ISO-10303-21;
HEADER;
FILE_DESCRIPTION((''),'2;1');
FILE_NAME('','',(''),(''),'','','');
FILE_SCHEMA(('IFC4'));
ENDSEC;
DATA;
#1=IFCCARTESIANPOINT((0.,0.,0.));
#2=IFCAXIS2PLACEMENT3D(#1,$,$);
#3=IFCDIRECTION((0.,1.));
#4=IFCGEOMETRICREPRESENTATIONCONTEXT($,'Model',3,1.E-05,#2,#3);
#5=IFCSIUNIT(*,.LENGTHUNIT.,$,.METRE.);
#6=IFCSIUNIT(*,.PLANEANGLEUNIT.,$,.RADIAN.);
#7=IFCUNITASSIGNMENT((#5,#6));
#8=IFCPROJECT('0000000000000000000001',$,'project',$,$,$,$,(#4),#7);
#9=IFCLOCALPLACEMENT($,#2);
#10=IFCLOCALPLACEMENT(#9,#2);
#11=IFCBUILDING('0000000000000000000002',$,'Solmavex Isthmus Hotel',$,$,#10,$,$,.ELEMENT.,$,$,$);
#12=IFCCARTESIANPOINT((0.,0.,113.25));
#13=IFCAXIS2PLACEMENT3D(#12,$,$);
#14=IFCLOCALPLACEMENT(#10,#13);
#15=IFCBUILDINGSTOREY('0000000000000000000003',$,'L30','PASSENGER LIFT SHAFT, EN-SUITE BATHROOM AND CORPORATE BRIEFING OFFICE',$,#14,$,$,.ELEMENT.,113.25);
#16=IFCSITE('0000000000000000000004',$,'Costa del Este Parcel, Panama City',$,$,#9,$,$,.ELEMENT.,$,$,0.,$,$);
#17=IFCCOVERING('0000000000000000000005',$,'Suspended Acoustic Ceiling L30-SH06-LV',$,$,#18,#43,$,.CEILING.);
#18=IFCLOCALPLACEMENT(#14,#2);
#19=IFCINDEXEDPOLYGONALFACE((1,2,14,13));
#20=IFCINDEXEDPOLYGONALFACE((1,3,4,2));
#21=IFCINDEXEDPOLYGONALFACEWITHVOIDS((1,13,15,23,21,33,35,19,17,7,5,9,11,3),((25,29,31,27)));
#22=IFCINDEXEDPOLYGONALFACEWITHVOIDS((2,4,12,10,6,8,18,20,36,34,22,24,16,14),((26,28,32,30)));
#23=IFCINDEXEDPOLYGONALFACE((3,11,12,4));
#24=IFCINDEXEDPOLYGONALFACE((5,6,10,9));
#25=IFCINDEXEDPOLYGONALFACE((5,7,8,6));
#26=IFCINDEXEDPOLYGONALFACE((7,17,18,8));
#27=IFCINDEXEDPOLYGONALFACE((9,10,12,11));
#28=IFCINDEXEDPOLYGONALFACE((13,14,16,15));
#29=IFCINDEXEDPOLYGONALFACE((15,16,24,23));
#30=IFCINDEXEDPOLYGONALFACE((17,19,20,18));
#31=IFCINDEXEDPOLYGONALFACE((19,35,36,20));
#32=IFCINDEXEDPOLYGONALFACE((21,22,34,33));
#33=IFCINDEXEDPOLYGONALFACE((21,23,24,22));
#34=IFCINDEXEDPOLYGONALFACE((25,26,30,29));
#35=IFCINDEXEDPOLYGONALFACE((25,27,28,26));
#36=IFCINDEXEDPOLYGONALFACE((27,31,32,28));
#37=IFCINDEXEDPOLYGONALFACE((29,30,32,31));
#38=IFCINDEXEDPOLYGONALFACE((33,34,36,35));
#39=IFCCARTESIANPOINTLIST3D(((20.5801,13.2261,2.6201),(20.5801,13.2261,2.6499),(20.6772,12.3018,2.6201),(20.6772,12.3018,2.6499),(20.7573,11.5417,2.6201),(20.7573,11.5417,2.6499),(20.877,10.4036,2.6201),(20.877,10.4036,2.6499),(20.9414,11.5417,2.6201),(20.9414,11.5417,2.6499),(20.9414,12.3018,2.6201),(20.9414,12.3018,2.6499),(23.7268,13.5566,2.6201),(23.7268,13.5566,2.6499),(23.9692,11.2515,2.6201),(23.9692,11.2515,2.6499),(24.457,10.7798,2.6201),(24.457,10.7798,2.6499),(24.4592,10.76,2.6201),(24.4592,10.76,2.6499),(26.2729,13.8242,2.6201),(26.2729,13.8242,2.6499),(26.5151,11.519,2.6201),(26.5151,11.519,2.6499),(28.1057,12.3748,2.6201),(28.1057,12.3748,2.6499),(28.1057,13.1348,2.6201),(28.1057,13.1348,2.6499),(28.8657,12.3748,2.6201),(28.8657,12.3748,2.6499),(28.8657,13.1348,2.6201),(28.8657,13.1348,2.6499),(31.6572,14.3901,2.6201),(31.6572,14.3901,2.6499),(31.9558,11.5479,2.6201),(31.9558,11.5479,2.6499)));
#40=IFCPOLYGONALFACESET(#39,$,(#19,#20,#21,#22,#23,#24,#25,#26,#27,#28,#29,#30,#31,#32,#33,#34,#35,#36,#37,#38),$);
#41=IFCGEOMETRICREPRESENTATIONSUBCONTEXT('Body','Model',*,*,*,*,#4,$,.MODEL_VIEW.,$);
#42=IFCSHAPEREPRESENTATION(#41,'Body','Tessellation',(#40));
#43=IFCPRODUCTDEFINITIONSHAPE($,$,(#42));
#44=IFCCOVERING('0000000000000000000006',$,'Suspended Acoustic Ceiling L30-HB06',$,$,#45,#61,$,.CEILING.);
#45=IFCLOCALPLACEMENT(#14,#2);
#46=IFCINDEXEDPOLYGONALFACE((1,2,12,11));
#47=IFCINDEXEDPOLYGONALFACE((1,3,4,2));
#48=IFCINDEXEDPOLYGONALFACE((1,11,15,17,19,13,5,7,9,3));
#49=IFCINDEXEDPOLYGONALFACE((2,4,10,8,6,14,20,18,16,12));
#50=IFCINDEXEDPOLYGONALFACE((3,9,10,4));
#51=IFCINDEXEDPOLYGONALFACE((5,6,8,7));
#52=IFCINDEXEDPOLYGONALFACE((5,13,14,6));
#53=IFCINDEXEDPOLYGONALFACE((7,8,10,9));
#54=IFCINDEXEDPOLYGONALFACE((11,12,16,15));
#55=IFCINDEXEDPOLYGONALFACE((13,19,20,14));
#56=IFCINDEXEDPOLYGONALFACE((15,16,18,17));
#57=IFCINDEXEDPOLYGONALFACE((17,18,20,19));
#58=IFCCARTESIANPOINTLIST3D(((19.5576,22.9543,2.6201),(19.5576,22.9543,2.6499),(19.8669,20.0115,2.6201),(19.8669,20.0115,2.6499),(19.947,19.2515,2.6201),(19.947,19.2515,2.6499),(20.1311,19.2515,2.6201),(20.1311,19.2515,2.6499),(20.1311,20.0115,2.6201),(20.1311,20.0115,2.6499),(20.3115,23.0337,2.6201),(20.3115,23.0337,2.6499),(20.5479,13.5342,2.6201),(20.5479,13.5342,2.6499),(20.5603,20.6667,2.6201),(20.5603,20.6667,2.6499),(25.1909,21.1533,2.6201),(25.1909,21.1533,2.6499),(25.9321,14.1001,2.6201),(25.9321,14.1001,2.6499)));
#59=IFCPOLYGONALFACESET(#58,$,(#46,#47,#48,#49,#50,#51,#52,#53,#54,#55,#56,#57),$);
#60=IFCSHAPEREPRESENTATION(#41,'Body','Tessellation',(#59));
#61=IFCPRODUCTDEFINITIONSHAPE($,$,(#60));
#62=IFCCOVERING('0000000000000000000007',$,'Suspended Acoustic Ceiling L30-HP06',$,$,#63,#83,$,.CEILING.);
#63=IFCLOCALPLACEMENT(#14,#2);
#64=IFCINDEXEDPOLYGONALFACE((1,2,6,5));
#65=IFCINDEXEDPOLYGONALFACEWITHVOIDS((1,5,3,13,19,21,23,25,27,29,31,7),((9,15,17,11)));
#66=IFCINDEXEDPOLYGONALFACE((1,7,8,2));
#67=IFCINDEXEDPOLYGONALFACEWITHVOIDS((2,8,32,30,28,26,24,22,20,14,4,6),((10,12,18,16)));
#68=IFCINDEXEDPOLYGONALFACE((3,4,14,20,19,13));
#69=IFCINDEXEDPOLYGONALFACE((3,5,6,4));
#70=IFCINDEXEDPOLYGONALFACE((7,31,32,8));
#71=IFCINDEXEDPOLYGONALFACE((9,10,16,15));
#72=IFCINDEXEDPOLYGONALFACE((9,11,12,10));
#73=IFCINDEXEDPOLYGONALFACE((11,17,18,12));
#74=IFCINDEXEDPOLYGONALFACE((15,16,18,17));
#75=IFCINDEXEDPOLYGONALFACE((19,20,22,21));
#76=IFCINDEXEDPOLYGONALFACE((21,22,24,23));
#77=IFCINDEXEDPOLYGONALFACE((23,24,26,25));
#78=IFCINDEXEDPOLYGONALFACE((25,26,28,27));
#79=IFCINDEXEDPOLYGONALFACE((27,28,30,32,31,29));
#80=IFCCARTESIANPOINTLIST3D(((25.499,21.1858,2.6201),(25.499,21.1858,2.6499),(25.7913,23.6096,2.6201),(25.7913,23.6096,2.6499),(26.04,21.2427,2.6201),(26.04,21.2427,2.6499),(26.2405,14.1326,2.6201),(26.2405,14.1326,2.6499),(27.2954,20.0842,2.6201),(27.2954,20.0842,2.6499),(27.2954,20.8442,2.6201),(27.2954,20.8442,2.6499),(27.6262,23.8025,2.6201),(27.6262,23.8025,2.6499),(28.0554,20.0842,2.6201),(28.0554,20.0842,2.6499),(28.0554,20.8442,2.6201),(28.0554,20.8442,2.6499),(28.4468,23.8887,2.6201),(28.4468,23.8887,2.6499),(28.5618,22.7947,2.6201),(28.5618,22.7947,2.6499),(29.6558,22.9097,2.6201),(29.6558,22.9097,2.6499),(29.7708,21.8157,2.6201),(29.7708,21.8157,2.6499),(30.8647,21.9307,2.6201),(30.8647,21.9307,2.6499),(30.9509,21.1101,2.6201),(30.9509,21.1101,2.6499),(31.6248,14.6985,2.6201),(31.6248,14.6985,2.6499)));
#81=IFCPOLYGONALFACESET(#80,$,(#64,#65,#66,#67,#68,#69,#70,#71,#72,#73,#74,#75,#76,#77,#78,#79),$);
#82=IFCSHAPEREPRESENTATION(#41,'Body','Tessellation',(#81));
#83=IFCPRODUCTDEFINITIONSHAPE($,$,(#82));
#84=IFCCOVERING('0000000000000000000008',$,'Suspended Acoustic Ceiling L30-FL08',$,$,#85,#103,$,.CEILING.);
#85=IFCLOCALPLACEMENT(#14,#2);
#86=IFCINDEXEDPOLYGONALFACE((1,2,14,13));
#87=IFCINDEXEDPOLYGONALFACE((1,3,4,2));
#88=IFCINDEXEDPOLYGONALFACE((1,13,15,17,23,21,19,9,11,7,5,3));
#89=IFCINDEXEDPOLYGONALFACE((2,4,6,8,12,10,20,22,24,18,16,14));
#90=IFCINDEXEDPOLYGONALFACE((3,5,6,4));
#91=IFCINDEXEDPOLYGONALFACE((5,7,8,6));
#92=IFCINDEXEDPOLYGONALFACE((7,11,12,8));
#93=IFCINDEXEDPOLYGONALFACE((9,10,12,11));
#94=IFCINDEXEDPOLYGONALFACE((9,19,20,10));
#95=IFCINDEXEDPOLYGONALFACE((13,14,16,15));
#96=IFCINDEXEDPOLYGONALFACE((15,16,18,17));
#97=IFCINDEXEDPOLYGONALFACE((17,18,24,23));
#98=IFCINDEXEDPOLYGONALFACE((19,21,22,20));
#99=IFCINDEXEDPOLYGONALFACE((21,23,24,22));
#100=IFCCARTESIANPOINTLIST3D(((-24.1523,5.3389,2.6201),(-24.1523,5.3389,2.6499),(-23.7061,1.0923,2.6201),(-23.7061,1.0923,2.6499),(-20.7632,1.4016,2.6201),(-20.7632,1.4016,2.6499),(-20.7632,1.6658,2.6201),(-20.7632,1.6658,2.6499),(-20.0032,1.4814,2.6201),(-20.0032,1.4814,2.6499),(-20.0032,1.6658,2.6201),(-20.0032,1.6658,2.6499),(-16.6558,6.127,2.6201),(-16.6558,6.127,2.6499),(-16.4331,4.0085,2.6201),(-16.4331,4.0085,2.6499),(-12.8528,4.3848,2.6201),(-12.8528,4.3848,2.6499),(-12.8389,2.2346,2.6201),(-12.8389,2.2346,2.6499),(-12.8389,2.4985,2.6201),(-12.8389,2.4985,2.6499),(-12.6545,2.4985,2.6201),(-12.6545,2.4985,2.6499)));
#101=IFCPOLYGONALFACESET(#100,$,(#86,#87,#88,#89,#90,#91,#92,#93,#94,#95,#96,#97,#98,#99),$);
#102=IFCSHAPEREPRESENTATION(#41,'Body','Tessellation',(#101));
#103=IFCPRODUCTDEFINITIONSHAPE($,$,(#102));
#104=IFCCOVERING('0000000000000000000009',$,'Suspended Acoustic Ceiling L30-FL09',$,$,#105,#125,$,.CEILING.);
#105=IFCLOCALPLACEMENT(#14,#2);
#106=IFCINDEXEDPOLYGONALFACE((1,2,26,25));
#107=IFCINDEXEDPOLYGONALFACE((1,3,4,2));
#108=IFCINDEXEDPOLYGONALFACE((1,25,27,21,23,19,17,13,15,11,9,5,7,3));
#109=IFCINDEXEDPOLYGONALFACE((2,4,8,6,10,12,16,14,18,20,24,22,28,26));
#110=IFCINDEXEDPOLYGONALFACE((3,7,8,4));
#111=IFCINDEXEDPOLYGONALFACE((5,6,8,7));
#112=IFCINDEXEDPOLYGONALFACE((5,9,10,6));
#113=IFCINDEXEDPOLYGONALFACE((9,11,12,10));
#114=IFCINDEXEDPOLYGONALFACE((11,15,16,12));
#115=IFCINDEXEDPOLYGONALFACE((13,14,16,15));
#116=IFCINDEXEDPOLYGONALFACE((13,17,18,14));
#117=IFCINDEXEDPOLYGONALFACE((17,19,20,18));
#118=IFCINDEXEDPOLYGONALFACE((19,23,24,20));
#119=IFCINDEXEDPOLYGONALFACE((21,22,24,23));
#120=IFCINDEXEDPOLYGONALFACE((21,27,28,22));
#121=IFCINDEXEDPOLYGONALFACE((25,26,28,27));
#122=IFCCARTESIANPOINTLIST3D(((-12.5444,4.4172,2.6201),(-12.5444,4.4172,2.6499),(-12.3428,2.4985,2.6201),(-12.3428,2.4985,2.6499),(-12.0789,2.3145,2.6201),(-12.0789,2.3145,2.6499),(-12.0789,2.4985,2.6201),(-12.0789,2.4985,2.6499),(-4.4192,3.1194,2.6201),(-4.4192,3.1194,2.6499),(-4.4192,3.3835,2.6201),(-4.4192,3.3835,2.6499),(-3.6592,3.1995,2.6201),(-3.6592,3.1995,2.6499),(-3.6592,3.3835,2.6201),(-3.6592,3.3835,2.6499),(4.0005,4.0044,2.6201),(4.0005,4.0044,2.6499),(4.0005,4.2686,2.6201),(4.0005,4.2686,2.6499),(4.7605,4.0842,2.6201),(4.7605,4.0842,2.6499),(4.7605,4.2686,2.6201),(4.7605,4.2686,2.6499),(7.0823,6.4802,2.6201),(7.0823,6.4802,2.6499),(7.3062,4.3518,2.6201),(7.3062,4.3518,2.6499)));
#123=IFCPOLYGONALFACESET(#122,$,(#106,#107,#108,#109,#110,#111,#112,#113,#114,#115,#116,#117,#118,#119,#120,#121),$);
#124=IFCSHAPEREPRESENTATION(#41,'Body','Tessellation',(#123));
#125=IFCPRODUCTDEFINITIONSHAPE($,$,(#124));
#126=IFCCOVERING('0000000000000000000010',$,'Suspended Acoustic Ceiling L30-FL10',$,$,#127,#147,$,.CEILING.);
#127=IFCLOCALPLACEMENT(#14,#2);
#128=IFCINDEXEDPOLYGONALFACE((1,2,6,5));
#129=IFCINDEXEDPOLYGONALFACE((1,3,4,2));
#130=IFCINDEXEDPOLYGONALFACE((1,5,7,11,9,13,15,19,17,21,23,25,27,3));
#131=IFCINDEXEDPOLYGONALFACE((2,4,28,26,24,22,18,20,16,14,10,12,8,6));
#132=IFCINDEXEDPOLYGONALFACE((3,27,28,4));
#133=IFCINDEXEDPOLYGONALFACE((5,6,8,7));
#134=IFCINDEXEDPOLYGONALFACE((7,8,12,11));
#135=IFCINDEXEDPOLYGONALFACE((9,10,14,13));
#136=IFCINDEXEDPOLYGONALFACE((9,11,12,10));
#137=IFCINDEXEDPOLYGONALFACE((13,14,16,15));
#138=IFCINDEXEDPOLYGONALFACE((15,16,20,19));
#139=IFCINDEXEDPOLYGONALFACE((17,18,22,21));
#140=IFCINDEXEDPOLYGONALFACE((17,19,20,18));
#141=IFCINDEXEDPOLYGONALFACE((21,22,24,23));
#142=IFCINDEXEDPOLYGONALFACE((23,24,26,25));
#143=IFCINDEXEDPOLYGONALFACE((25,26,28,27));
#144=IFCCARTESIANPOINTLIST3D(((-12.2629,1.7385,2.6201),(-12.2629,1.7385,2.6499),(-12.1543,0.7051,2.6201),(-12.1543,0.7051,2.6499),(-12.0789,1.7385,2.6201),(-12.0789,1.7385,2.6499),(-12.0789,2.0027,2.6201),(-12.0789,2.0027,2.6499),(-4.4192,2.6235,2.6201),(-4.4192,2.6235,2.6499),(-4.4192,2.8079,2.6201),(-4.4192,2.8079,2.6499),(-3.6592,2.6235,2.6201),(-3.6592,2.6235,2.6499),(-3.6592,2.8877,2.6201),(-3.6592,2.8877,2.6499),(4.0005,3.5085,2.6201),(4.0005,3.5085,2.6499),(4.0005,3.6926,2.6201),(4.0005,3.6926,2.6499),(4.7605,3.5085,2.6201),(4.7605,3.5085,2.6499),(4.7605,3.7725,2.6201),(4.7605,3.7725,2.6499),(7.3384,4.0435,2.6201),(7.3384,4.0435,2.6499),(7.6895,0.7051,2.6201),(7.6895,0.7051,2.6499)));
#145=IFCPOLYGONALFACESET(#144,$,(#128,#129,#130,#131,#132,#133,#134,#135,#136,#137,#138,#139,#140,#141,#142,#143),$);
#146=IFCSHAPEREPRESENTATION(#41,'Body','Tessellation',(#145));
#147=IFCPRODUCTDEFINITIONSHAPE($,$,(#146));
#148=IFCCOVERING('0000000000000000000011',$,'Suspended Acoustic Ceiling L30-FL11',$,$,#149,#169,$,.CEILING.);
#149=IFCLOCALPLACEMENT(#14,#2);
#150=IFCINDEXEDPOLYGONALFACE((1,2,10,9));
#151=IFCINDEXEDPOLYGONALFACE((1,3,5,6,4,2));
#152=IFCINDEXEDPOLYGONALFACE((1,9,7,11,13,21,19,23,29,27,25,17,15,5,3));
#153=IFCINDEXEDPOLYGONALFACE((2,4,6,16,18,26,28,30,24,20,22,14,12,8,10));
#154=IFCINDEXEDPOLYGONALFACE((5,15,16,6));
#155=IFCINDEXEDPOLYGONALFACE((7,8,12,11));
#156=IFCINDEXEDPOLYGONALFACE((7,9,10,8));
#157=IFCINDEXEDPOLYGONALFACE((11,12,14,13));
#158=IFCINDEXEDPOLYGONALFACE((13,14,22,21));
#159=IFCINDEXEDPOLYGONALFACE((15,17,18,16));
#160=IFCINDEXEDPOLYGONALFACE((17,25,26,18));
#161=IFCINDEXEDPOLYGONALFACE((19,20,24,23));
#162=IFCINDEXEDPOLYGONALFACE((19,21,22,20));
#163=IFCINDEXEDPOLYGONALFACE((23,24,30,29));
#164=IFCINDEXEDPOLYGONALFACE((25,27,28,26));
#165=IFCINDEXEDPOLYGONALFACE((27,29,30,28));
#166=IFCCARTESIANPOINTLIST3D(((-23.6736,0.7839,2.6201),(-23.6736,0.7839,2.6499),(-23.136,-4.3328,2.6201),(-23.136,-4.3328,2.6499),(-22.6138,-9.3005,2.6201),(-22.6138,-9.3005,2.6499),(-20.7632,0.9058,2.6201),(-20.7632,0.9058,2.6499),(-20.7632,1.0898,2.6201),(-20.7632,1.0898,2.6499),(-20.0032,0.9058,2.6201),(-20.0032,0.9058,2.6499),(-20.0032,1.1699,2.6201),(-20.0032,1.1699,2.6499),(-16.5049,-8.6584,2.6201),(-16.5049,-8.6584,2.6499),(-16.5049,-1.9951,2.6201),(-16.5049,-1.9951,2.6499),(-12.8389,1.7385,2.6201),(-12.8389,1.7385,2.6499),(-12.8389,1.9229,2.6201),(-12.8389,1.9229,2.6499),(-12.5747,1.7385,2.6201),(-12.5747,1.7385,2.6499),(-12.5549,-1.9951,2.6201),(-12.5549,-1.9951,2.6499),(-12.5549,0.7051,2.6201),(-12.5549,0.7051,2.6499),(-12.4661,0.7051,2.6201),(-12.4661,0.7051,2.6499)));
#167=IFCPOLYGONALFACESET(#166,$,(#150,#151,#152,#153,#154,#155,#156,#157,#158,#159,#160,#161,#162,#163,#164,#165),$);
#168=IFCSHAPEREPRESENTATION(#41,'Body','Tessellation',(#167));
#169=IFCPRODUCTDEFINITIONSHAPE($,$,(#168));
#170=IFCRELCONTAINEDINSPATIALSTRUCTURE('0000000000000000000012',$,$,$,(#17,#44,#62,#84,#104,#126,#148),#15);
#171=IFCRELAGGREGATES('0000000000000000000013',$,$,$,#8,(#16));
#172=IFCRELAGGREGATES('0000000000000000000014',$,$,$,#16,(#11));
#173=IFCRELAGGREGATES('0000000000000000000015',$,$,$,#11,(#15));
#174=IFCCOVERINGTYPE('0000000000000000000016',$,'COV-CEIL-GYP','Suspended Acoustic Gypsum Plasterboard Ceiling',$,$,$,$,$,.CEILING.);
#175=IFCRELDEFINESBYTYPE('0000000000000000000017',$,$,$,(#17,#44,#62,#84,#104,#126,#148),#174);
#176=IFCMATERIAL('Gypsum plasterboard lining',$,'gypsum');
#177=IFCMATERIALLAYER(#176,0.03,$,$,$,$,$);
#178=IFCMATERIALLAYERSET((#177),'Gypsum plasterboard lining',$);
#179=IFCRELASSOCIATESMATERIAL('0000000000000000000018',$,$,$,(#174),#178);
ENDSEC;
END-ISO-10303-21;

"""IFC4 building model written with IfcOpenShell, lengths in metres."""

from ifc_helpers import new_model, si_unit, direction, frame, origin, place, context, subcontext, project, spatial, polyline, outline, extrude, material, layer, layer_set, type_object, element, save


model = new_model("IFC4")

# Units and contexts
model_context = context("Model", 3, precision=1e-05, world=origin(), true_north=direction((0.0, 1.0)))
body_context = subcontext(model_context, "Body", "Model", "MODEL_VIEW")
ifc_project = project(units=[si_unit("LENGTHUNIT", "METRE"), si_unit("PLANEANGLEUNIT", "RADIAN")], contexts=[model_context])

# Site, building, storey
site_placement = place(None, origin())
site = spatial("IfcSite", under=ifc_project, at=site_placement, Name="Costa del Este Parcel, Panama City", CompositionType="ELEMENT", RefElevation=0.0)
building_placement = place(site_placement, origin())
building = spatial("IfcBuilding", under=site, at=building_placement, Name="Solmavex Isthmus Hotel", CompositionType="ELEMENT")
storey_placement = place(building_placement, frame((0.0, 0.0, 113.25)))
storey = spatial("IfcBuildingStorey", under=building, at=storey_placement, Name="L30", Description="PASSENGER LIFT SHAFT, EN-SUITE BATHROOM AND CORPORATE BRIEFING OFFICE", CompositionType="ELEMENT", Elevation=113.25)

# Coverings
ifc_material_1 = material(Name="Gypsum plasterboard lining", Category="gypsum")
ifc_layer_1 = layer(ifc_material_1, 0.03)
ifc_layer_set_1 = layer_set([ifc_layer_1], Name="Gypsum plasterboard lining")
covering_type_1 = type_object("IfcCoveringType", Name="COV-CEIL-GYP", Description="Suspended Acoustic Gypsum Plasterboard Ceiling", PredefinedType="CEILING", material=ifc_layer_set_1)
covering_1_placement = place(storey_placement, frame((0.0, 0.0, 2.6201)))
element("IfcCovering", 1, at=covering_1_placement, inside=storey, type_object=covering_type_1, Name="Suspended Acoustic Ceiling L30-SH06-LV", PredefinedType="CEILING", context=body_context, shape_type="SweptSolid", body=[
    extrude(outline(polyline([(23.7268, 13.5566), (20.5801, 13.2261), (20.6772, 12.3018), (20.9414, 12.3018), (20.9414, 11.5417), (20.7573, 11.5417), (20.877, 10.4036), (24.457, 10.7798), (24.4592, 10.76), (31.9558, 11.5479), (31.6572, 14.3901), (26.2729, 13.8242), (26.5151, 11.519), (23.9692, 11.2515), (23.7268, 13.5566)]), holes=[polyline([(28.1057, 12.3748), (28.1057, 13.1348), (28.8657, 13.1348), (28.8657, 12.3748), (28.1057, 12.3748)])]), origin(), (0.0, 0.0, 1.0), 0.0298),
])
covering_2_placement = place(storey_placement, frame((0.0, 0.0, 2.6201)))
element("IfcCovering", 2, at=covering_2_placement, inside=storey, type_object=covering_type_1, Name="Suspended Acoustic Ceiling L30-HB06", PredefinedType="CEILING", context=body_context, shape_type="SweptSolid", body=[
    extrude(outline(polyline([(19.8669, 20.0115), (20.1311, 20.0115), (20.1311, 19.2515), (19.947, 19.2515), (20.5479, 13.5342), (25.9321, 14.1001), (25.1909, 21.1533), (20.5603, 20.6667), (20.3115, 23.0337), (19.5576, 22.9543), (19.8669, 20.0115)])), origin(), (0.0, 0.0, 1.0), 0.0298),
])
covering_3_placement = place(storey_placement, frame((0.0, 0.0, 2.6201)))
element("IfcCovering", 3, at=covering_3_placement, inside=storey, type_object=covering_type_1, Name="Suspended Acoustic Ceiling L30-HP06", PredefinedType="CEILING", context=body_context, shape_type="SweptSolid", body=[
    extrude(outline(polyline([(28.5618, 22.7947), (28.4468, 23.8887), (27.6262, 23.8025), (25.7913, 23.6096), (26.04, 21.2427), (25.499, 21.1858), (26.2405, 14.1326), (31.6248, 14.6985), (30.9509, 21.1101), (30.8647, 21.9307), (29.7708, 21.8157), (29.6558, 22.9097), (28.5618, 22.7947)]), holes=[polyline([(27.2954, 20.8442), (28.0554, 20.8442), (28.0554, 20.0842), (27.2954, 20.0842), (27.2954, 20.8442)])]), origin(), (0.0, 0.0, 1.0), 0.0298),
])
covering_4_placement = place(storey_placement, frame((0.0, 0.0, 2.6201)))
element("IfcCovering", 4, at=covering_4_placement, inside=storey, type_object=covering_type_1, Name="Suspended Acoustic Ceiling L30-FL08", PredefinedType="CEILING", context=body_context, shape_type="SweptSolid", body=[
    extrude(outline(polyline([(-12.8389, 2.2346), (-12.8389, 2.4985), (-12.6545, 2.4985), (-12.8528, 4.3848), (-16.4331, 4.0085), (-16.6558, 6.127), (-24.1523, 5.3389), (-23.7061, 1.0923), (-20.7632, 1.4016), (-20.7632, 1.6658), (-20.0032, 1.6658), (-20.0032, 1.4814), (-12.8389, 2.2346)])), origin(), (0.0, 0.0, 1.0), 0.0298),
])
covering_5_placement = place(storey_placement, frame((0.0, 0.0, 2.6201)))
element("IfcCovering", 5, at=covering_5_placement, inside=storey, type_object=covering_type_1, Name="Suspended Acoustic Ceiling L30-FL09", PredefinedType="CEILING", context=body_context, shape_type="SweptSolid", body=[
    extrude(outline(polyline([(4.0005, 4.0044), (4.0005, 4.2686), (4.7605, 4.2686), (4.7605, 4.0842), (7.3062, 4.3518), (7.0823, 6.4802), (-12.5444, 4.4172), (-12.3428, 2.4985), (-12.0789, 2.4985), (-12.0789, 2.3145), (-4.4192, 3.1194), (-4.4192, 3.3835), (-3.6592, 3.3835), (-3.6592, 3.1995), (4.0005, 4.0044)])), origin(), (0.0, 0.0, 1.0), 0.0298),
])
covering_6_placement = place(storey_placement, frame((0.0, 0.0, 2.6201)))
element("IfcCovering", 6, at=covering_6_placement, inside=storey, type_object=covering_type_1, Name="Suspended Acoustic Ceiling L30-FL10", PredefinedType="CEILING", context=body_context, shape_type="SweptSolid", body=[
    extrude(outline(polyline([(-12.0789, 2.0027), (-12.0789, 1.7385), (-12.2629, 1.7385), (-12.1543, 0.7051), (7.6895, 0.7051), (7.3384, 4.0435), (4.7605, 3.7725), (4.7605, 3.5085), (4.0005, 3.5085), (4.0005, 3.6926), (-3.6592, 2.8877), (-3.6592, 2.6235), (-4.4192, 2.6235), (-4.4192, 2.8079), (-12.0789, 2.0027)])), origin(), (0.0, 0.0, 1.0), 0.0298),
])
covering_7_placement = place(storey_placement, frame((0.0, 0.0, 2.6201)))
element("IfcCovering", 7, at=covering_7_placement, inside=storey, type_object=covering_type_1, Name="Suspended Acoustic Ceiling L30-FL11", PredefinedType="CEILING", context=body_context, shape_type="SweptSolid", body=[
    extrude(outline(polyline([(-20.0032, 1.1699), (-20.0032, 0.9058), (-20.7632, 0.9058), (-20.7632, 1.0898), (-23.6736, 0.7839), (-23.136, -4.3328), (-22.6138, -9.3005), (-16.5049, -8.6584), (-16.5049, -1.9951), (-12.5549, -1.9951), (-12.5549, 0.7051), (-12.4661, 0.7051), (-12.5747, 1.7385), (-12.8389, 1.7385), (-12.8389, 1.9229), (-20.0032, 1.1699)])), origin(), (0.0, 0.0, 1.0), 0.0298),
])

save(model, "model.ifc")
